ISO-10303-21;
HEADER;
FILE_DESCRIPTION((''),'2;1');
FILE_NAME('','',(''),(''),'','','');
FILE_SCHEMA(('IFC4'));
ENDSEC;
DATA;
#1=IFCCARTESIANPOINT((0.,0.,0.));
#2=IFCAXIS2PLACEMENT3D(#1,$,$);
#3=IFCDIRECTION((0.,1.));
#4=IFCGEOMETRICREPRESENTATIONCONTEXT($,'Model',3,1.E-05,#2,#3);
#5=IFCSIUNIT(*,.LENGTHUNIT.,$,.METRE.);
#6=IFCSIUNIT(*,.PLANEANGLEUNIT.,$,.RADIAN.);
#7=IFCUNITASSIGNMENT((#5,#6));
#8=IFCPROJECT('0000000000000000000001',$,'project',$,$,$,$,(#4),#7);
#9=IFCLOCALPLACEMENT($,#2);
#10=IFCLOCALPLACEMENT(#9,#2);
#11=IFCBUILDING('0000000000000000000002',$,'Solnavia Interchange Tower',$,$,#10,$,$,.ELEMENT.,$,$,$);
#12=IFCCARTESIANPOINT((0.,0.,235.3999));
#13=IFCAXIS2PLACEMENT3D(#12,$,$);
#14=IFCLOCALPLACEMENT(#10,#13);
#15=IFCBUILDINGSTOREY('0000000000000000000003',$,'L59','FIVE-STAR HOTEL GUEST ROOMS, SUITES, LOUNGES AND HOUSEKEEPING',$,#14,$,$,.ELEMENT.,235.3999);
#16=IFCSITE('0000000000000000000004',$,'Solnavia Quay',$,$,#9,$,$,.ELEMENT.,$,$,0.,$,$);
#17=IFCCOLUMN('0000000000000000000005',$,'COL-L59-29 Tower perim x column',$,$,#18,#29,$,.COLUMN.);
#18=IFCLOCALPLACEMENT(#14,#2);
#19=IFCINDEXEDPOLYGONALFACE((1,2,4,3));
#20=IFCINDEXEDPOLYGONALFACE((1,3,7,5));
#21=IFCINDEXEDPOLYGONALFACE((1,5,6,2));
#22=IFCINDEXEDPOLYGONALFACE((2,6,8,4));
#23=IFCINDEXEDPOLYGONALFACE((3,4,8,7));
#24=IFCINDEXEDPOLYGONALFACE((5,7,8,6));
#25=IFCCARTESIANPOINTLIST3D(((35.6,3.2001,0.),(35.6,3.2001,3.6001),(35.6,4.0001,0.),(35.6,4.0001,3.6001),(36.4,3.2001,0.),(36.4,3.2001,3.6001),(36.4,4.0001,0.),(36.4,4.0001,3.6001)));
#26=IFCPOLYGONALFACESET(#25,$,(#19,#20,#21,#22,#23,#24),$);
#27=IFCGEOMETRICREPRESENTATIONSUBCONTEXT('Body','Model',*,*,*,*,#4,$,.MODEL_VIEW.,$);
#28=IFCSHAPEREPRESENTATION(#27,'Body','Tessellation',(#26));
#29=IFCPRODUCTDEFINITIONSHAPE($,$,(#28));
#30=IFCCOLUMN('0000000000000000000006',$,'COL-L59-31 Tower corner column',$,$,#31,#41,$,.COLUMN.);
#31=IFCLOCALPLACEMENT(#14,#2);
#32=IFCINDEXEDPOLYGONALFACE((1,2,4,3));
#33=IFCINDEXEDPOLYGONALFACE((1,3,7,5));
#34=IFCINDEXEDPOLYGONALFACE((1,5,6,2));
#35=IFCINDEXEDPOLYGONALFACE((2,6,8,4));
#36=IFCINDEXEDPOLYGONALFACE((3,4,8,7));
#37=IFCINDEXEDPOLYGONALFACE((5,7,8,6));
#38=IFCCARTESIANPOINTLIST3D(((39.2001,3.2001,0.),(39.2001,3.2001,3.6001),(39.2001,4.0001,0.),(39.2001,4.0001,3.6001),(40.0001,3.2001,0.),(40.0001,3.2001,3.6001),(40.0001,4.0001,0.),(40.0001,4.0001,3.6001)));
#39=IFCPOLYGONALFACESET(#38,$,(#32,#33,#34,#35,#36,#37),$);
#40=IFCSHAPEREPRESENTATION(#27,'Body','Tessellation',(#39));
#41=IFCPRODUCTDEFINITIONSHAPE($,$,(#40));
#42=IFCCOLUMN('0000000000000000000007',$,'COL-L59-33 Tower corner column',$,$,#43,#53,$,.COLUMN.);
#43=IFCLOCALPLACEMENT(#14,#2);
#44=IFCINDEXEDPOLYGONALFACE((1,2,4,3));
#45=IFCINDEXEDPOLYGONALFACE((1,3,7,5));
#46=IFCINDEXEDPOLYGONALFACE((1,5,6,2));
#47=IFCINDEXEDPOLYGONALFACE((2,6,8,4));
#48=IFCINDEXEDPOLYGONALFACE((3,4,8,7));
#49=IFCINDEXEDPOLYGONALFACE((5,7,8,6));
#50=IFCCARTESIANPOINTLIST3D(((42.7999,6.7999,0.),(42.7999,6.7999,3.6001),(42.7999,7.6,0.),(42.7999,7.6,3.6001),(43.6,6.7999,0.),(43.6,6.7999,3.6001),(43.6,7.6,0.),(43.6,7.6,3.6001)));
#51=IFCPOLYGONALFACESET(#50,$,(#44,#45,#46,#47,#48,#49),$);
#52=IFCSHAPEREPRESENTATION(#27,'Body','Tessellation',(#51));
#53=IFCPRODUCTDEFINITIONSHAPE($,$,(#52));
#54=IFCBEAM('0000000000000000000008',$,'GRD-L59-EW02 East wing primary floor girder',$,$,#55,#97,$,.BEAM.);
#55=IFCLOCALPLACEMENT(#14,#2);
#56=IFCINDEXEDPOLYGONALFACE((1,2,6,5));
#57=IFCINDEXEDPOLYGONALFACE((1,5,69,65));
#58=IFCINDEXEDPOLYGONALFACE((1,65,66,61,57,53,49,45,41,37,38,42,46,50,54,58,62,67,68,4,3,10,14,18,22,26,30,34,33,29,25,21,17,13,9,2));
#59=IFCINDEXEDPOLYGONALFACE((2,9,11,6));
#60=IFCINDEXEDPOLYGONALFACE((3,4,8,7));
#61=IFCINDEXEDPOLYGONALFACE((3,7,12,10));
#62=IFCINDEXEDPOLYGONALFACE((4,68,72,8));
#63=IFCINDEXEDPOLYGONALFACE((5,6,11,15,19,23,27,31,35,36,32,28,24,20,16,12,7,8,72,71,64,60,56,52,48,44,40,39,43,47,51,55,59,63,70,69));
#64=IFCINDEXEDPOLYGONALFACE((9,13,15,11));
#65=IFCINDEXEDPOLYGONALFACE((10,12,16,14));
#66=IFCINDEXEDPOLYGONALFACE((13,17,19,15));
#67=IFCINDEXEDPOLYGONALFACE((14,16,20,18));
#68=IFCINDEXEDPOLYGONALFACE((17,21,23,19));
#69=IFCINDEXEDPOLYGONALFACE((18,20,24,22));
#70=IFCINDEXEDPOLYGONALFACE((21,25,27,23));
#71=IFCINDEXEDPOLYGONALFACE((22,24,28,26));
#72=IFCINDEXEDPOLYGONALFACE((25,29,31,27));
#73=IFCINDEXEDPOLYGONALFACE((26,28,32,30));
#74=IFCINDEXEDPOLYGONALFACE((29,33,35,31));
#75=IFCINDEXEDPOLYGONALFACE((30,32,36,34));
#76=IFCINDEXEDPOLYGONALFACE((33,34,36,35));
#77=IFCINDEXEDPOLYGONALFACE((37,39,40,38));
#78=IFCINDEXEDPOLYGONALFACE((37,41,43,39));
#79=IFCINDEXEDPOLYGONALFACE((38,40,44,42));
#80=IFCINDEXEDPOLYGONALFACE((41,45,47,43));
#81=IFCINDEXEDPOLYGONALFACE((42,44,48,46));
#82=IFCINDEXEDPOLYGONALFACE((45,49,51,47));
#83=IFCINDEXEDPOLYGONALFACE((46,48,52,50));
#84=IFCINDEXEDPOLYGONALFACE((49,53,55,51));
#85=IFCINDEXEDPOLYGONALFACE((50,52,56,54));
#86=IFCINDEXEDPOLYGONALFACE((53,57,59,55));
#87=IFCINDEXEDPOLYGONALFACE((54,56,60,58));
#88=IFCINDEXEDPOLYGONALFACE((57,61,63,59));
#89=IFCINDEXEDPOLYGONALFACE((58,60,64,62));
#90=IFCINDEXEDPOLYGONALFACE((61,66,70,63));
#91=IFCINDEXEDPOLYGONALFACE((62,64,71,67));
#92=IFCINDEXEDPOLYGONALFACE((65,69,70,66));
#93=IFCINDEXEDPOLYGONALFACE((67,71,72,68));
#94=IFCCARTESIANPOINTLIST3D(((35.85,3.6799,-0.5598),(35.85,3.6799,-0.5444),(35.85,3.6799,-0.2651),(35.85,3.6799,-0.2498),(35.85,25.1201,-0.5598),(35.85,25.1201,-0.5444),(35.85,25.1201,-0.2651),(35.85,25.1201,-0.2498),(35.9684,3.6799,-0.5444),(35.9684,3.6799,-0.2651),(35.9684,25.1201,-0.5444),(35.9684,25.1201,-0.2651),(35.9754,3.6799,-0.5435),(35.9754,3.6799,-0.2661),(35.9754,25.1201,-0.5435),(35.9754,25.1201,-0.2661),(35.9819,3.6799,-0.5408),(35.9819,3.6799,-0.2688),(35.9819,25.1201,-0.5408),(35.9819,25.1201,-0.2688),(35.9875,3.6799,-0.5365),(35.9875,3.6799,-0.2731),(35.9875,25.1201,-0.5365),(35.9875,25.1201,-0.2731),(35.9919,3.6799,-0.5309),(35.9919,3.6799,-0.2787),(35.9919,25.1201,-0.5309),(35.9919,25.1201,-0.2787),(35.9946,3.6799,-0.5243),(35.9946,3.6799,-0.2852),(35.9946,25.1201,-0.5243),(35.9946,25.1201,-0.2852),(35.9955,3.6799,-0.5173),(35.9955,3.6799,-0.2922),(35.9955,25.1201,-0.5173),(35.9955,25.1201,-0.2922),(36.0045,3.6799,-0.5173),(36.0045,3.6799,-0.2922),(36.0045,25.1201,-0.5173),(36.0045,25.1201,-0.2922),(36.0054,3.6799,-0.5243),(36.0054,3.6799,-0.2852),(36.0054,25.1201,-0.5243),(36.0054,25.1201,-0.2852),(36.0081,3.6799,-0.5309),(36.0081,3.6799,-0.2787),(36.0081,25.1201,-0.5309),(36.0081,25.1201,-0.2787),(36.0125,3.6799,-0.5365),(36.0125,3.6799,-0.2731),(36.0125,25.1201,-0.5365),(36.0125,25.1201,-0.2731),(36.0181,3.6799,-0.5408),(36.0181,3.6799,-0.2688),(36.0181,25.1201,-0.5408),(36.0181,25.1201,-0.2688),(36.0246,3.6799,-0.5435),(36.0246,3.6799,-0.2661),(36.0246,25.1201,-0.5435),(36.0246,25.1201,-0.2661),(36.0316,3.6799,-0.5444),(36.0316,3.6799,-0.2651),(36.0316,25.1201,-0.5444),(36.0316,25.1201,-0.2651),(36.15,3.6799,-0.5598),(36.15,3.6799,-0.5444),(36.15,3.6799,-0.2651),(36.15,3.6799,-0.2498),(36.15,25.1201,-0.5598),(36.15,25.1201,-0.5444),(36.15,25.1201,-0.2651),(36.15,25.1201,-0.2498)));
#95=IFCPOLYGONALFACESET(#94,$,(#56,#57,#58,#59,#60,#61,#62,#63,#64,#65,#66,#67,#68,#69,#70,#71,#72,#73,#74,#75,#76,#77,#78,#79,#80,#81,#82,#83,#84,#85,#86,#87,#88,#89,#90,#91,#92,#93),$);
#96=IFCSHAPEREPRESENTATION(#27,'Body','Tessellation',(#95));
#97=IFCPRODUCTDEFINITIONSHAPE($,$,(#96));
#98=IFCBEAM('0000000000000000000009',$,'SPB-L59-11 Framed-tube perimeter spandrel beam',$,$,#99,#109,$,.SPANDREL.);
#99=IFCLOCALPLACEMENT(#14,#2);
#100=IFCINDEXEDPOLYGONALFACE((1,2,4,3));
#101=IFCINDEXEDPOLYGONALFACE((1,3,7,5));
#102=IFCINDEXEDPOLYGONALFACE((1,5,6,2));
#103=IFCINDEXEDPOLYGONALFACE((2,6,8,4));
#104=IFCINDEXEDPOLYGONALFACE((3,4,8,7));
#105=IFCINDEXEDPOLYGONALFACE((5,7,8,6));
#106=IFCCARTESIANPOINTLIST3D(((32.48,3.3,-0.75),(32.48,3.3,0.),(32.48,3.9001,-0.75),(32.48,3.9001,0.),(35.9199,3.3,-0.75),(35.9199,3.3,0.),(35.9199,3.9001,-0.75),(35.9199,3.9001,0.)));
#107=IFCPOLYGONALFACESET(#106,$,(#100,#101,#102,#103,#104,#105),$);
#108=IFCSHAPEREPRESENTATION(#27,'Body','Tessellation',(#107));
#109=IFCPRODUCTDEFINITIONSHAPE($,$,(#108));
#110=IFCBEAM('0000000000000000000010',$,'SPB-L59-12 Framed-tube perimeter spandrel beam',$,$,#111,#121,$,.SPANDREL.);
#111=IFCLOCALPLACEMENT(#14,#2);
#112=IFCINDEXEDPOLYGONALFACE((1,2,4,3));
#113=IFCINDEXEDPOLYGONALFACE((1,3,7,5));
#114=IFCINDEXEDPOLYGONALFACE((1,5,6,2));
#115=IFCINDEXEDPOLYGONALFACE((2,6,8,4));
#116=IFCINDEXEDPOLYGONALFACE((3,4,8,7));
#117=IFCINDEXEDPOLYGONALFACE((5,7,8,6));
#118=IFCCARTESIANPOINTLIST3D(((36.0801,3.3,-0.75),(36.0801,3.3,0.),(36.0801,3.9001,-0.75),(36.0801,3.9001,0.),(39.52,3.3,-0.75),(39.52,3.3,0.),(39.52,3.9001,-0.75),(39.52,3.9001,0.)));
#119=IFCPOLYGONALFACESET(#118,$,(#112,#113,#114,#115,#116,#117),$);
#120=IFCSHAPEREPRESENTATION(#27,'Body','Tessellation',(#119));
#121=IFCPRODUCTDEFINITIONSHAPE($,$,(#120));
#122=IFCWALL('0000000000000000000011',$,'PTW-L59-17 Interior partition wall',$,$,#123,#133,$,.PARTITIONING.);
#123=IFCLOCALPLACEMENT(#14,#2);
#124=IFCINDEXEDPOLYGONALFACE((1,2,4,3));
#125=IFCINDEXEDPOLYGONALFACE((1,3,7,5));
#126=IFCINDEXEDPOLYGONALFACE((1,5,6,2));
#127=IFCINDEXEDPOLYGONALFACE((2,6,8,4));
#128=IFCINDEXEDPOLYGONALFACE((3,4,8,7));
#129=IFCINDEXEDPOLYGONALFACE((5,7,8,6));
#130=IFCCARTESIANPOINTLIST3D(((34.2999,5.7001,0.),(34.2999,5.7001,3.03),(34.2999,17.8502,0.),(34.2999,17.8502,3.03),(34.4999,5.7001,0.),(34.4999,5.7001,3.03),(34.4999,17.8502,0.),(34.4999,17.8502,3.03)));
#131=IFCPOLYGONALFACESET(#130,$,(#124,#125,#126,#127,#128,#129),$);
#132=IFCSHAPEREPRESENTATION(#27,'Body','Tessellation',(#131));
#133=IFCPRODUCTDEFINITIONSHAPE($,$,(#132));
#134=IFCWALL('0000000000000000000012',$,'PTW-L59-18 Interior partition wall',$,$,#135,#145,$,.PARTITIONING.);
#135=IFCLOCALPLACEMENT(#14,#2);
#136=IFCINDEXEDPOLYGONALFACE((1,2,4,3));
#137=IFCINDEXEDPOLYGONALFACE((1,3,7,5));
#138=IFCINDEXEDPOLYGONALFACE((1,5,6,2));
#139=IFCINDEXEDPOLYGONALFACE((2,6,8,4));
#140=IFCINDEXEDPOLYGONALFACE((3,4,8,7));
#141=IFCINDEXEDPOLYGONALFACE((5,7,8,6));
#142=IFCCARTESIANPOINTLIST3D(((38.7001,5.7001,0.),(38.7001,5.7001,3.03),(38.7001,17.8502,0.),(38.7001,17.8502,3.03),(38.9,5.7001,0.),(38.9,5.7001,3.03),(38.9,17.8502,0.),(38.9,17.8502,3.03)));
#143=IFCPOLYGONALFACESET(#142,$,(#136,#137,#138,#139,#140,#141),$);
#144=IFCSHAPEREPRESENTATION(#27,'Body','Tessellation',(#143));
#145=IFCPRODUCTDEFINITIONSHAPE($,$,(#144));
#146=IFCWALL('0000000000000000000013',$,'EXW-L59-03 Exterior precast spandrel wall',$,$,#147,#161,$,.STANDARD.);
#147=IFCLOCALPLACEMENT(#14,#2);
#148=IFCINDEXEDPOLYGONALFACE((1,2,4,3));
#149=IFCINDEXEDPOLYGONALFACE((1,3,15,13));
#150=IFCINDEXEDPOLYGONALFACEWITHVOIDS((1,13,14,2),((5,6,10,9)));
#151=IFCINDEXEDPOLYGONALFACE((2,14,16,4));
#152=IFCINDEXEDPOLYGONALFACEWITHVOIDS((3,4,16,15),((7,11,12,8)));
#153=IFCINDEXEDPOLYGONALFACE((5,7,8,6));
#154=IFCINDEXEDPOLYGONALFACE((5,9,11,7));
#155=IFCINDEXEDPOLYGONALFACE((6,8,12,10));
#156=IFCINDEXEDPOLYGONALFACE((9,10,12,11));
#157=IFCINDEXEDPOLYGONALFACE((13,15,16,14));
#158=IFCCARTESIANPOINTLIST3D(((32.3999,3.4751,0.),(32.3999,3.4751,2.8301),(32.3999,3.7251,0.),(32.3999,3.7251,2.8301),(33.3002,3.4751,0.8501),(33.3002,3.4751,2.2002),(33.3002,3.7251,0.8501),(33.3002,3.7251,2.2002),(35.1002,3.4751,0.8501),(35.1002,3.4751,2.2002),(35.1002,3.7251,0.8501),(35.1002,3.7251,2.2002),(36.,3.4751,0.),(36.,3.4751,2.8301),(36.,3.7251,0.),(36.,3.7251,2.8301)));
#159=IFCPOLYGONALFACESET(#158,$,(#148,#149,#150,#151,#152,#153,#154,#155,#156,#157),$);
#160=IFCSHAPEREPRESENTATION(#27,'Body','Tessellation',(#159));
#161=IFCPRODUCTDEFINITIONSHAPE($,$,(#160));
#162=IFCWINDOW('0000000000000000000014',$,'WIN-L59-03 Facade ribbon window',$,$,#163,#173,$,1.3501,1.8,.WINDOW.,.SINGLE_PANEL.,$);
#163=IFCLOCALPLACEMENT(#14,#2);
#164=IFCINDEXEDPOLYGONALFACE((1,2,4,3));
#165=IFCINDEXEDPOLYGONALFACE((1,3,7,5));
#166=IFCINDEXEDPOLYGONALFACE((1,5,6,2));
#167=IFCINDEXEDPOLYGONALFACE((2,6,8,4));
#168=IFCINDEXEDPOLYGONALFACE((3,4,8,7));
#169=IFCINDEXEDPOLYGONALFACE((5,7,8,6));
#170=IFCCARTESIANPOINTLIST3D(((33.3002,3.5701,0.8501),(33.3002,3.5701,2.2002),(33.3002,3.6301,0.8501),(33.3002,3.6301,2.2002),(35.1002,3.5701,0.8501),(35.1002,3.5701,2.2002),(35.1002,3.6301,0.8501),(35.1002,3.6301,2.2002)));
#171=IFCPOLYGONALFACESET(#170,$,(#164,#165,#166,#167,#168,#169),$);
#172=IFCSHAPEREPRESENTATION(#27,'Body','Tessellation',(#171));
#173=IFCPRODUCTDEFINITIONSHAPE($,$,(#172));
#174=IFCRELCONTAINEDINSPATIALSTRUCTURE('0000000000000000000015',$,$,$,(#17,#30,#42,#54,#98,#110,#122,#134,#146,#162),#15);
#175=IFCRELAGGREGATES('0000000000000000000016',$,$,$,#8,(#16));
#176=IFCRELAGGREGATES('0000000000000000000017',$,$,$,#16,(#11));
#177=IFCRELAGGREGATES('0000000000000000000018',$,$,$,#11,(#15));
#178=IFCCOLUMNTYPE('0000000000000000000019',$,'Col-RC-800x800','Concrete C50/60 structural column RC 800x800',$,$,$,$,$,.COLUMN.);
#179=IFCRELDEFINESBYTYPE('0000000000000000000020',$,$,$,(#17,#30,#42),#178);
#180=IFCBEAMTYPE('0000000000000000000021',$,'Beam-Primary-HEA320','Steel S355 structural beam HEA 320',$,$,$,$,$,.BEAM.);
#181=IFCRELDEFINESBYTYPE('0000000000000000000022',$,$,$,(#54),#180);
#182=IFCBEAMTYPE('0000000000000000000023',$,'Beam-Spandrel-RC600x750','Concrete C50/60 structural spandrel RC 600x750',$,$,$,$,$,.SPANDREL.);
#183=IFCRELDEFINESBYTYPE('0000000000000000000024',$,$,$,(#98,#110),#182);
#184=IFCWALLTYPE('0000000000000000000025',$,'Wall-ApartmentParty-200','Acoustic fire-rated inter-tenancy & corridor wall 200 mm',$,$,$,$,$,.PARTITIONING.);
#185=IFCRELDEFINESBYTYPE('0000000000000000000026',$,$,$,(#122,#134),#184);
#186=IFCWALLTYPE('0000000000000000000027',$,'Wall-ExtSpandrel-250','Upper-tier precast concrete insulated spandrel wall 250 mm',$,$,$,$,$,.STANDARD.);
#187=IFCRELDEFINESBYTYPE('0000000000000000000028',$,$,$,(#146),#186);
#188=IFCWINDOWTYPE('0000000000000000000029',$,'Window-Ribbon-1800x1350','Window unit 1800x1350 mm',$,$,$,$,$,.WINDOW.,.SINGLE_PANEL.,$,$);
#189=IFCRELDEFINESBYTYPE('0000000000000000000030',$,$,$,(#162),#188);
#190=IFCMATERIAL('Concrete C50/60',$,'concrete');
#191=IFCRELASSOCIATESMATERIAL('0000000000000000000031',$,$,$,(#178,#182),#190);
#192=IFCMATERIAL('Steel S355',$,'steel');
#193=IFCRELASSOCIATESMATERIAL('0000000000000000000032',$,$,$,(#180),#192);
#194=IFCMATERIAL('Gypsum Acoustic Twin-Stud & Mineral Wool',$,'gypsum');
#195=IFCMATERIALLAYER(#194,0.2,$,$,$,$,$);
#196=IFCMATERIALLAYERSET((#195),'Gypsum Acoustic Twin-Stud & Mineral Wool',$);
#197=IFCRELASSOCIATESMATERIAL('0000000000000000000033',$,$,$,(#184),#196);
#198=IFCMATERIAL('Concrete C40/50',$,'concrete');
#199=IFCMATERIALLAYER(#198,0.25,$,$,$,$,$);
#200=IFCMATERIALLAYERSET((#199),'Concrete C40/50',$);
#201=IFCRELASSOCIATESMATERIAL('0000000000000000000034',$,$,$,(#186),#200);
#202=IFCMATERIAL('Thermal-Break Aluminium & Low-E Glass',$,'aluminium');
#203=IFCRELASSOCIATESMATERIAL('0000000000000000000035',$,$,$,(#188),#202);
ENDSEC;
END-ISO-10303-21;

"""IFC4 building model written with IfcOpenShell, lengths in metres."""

from ifc_helpers import new_model, si_unit, direction, frame, frame_2d, origin, origin_2d, place, context, subcontext, project, spatial, rectangle, i_section, extrude, material, layer, layer_set, material_profile, profile_set, type_object, element, fill, save


model = new_model("IFC4")

# Units and contexts
model_context = context("Model", 3, precision=1e-05, world=origin(), true_north=direction((0.0, 1.0)))
body_context = subcontext(model_context, "Body", "Model", "MODEL_VIEW")
ifc_project = project(units=[si_unit("LENGTHUNIT", "METRE"), si_unit("PLANEANGLEUNIT", "RADIAN")], contexts=[model_context])

# Site, building, storey
site_placement = place(None, origin())
site = spatial("IfcSite", under=ifc_project, at=site_placement, Name="Solnavia Quay", CompositionType="ELEMENT", RefElevation=0.0)
building_placement = place(site_placement, origin())
building = spatial("IfcBuilding", under=site, at=building_placement, Name="Solnavia Interchange Tower", CompositionType="ELEMENT")
storey_placement = place(building_placement, frame((0.0, 0.0, 235.3999)))
storey = spatial("IfcBuildingStorey", under=building, at=storey_placement, Name="L59", Description="FIVE-STAR HOTEL GUEST ROOMS, SUITES, LOUNGES AND HOUSEKEEPING", CompositionType="ELEMENT", Elevation=235.3999)

# Columns
ifc_material_1 = material(Name="Concrete C50/60", Category="concrete")
ifc_material_profile_1 = material_profile(ifc_material_1, rectangle(XDim=0.8, YDim=0.8, at=origin_2d()), Name="RC 800x800")
ifc_profile_set_1 = profile_set([ifc_material_profile_1], Name="Concrete C50/60")
column_type = type_object("IfcColumnType", Name="Col-RC-800x800", Description="Concrete C50/60 structural column RC 800x800", PredefinedType="COLUMN", material=ifc_profile_set_1)
for number, where, z_axis, x_axis, name in (
    (1, (36.0, 3.6001, 0.0), (0.0, 0.0, 1.0), (1.0, 0.0, 0.0), "COL-L59-29 Tower perim x column"),
    (2, (39.6001, 3.6001, 0.0), (0.0, 0.0, 1.0), (1.0, 0.0, 0.0), "COL-L59-31 Tower corner column"),
    (3, (43.2, 7.2, 0.0), (0.0, 0.0, 1.0), (1.0, 0.0, 0.0), "COL-L59-33 Tower corner column"),
):
    element("IfcColumn", number, at=place(storey_placement, frame(where, z_axis=z_axis, x_axis=x_axis)), inside=storey, type_object=column_type, Name=name, PredefinedType="COLUMN", context=body_context, shape_type="SweptSolid", body=[
        extrude(rectangle(XDim=0.8, YDim=0.8, at=origin_2d()), origin(), (0.0, 0.0, 1.0), 3.6001),
    ])

# Beams
ifc_material_2 = material(Name="Steel S355", Category="steel")
ifc_material_profile_2 = material_profile(ifc_material_2, i_section(OverallWidth=0.3, OverallDepth=0.3101, WebThickness=0.009, FlangeThickness=0.0154, FilletRadius=0.0271, at=origin_2d()), Name="HEA 320")
ifc_profile_set_2 = profile_set([ifc_material_profile_2], Name="Steel S355")
beam_type_1 = type_object("IfcBeamType", Name="Beam-Primary-HEA320", Description="Steel S355 structural beam HEA 320", PredefinedType="BEAM", material=ifc_profile_set_2)
beam_placement = place(storey_placement, frame((36.0, 3.6799, -0.4048), z_axis=(0.0, 1.0, 0.0), x_axis=(-1.0, 0.0, 0.0)))
element("IfcBeam", 4, at=beam_placement, inside=storey, type_object=beam_type_1, Name="GRD-L59-EW02 East wing primary floor girder", PredefinedType="BEAM", context=body_context, shape_type="SweptSolid", body=[
    extrude(i_section(OverallWidth=0.3, OverallDepth=0.3101, WebThickness=0.009, FlangeThickness=0.0154, FilletRadius=0.0271, at=origin_2d()), origin(), (0.0, 0.0, 1.0), 21.4402),
])
ifc_material_profile_3 = material_profile(ifc_material_1, rectangle(XDim=0.6001, YDim=0.75, at=origin_2d()), Name="RC 600x750")
ifc_profile_set_3 = profile_set([ifc_material_profile_3], Name="Concrete C50/60")
beam_type_2 = type_object("IfcBeamType", Name="Beam-Spandrel-RC600x750", Description="Concrete C50/60 structural spandrel RC 600x750", PredefinedType="SPANDREL", material=ifc_profile_set_3)
for number, where, z_axis, x_axis, name in (
    (5, (32.48, 3.6001, -0.375), (1.0, 0.0, 0.0), (0.0, 1.0, 0.0), "SPB-L59-11 Framed-tube perimeter spandrel beam"),
    (6, (36.0801, 3.6001, -0.375), (1.0, 0.0, 0.0), (0.0, 1.0, 0.0), "SPB-L59-12 Framed-tube perimeter spandrel beam"),
):
    element("IfcBeam", number, at=place(storey_placement, frame(where, z_axis=z_axis, x_axis=x_axis)), inside=storey, type_object=beam_type_2, Name=name, PredefinedType="SPANDREL", context=body_context, shape_type="SweptSolid", body=[
        extrude(rectangle(XDim=0.6001, YDim=0.75, at=origin_2d()), origin(), (0.0, 0.0, 1.0), 3.4399),
    ])

# Walls
ifc_material_3 = material(Name="Gypsum Acoustic Twin-Stud & Mineral Wool", Category="gypsum")
ifc_layer_1 = layer(ifc_material_3, 0.2)
ifc_layer_set_1 = layer_set([ifc_layer_1], Name="Gypsum Acoustic Twin-Stud & Mineral Wool")
wall_type_1 = type_object("IfcWallType", Name="Wall-ApartmentParty-200", Description="Acoustic fire-rated inter-tenancy & corridor wall 200 mm", PredefinedType="PARTITIONING", material=ifc_layer_set_1)
for number, where, z_axis, x_axis, name in (
    (7, (34.3999, 5.7, 0.0), (0.0, 0.0, 1.0), (0.0, 1.0, 0.0), "PTW-L59-17 Interior partition wall"),
    (8, (38.8, 5.7, 0.0), (0.0, 0.0, 1.0), (0.0, 1.0, 0.0), "PTW-L59-18 Interior partition wall"),
):
    element("IfcWall", number, at=place(storey_placement, frame(where, z_axis=z_axis, x_axis=x_axis)), inside=storey, type_object=wall_type_1, Name=name, PredefinedType="PARTITIONING", context=body_context, shape_type="SweptSolid", body=[
        extrude(rectangle(XDim=12.1501, YDim=0.2, at=frame_2d((6.0752, 0.0))), origin(), (0.0, 0.0, 1.0), 3.03),
    ])

# Wall, opening, window
ifc_material_4 = material(Name="Concrete C40/50", Category="concrete")
ifc_layer_2 = layer(ifc_material_4, 0.25)
ifc_layer_set_2 = layer_set([ifc_layer_2], Name="Concrete C40/50")
wall_type_2 = type_object("IfcWallType", Name="Wall-ExtSpandrel-250", Description="Upper-tier precast concrete insulated spandrel wall 250 mm", PredefinedType="STANDARD", material=ifc_layer_set_2)
wall_1_placement = place(storey_placement, frame((36.0, 3.6001, 0.0), z_axis=(0.0, 0.0, 1.0), x_axis=(-1.0, 0.0, 0.0)))
wall_1 = element("IfcWall", 9, at=wall_1_placement, inside=storey, type_object=wall_type_2, Name="EXW-L59-03 Exterior precast spandrel wall", PredefinedType="STANDARD", context=body_context, shape_type="SweptSolid", body=[
    extrude(rectangle(XDim=3.6001, YDim=0.25, at=frame_2d((1.8, 0.0))), origin(), (0.0, 0.0, 1.0), 2.8301),
])
opening_1_placement = place(wall_1_placement, frame((0.8999, 0.0, 0.8501)))
opening_1 = element("IfcOpeningElement", 10, at=opening_1_placement, cuts=wall_1, PredefinedType="OPENING", context=body_context, shape_type="SweptSolid", body=[
    extrude(rectangle(XDim=1.8, YDim=1.3501, at=frame_2d((0.8999, 0.675))), frame((0.0, 0.135, 0.0), z_axis=(0.0, -1.0, 0.0), x_axis=(1.0, 0.0, 0.0)), (0.0, 0.0, 1.0), 0.27),
])
ifc_material_5 = material(Name="Thermal-Break Aluminium & Low-E Glass", Category="aluminium")
window_type = type_object("IfcWindowType", Name="Window-Ribbon-1800x1350", Description="Window unit 1800x1350 mm", PartitioningType="SINGLE_PANEL", PredefinedType="WINDOW", material=ifc_material_5)
window_1_placement = place(opening_1_placement, origin())
window_1 = element("IfcWindow", 11, at=window_1_placement, inside=storey, type_object=window_type, Name="WIN-L59-03 Facade ribbon window", OverallHeight=1.3501, OverallWidth=1.8, PartitioningType="SINGLE_PANEL", PredefinedType="WINDOW", context=body_context, shape_type="SweptSolid", body=[
    extrude(rectangle(XDim=1.8, YDim=1.3501, at=frame_2d((0.8999, 0.675))), frame((0.0, 0.03, 0.0), z_axis=(0.0, -1.0, 0.0), x_axis=(1.0, 0.0, 0.0)), (0.0, 0.0, 1.0), 0.0601),
])
fill(opening_1, window_1)

save(model, "model.ifc")
